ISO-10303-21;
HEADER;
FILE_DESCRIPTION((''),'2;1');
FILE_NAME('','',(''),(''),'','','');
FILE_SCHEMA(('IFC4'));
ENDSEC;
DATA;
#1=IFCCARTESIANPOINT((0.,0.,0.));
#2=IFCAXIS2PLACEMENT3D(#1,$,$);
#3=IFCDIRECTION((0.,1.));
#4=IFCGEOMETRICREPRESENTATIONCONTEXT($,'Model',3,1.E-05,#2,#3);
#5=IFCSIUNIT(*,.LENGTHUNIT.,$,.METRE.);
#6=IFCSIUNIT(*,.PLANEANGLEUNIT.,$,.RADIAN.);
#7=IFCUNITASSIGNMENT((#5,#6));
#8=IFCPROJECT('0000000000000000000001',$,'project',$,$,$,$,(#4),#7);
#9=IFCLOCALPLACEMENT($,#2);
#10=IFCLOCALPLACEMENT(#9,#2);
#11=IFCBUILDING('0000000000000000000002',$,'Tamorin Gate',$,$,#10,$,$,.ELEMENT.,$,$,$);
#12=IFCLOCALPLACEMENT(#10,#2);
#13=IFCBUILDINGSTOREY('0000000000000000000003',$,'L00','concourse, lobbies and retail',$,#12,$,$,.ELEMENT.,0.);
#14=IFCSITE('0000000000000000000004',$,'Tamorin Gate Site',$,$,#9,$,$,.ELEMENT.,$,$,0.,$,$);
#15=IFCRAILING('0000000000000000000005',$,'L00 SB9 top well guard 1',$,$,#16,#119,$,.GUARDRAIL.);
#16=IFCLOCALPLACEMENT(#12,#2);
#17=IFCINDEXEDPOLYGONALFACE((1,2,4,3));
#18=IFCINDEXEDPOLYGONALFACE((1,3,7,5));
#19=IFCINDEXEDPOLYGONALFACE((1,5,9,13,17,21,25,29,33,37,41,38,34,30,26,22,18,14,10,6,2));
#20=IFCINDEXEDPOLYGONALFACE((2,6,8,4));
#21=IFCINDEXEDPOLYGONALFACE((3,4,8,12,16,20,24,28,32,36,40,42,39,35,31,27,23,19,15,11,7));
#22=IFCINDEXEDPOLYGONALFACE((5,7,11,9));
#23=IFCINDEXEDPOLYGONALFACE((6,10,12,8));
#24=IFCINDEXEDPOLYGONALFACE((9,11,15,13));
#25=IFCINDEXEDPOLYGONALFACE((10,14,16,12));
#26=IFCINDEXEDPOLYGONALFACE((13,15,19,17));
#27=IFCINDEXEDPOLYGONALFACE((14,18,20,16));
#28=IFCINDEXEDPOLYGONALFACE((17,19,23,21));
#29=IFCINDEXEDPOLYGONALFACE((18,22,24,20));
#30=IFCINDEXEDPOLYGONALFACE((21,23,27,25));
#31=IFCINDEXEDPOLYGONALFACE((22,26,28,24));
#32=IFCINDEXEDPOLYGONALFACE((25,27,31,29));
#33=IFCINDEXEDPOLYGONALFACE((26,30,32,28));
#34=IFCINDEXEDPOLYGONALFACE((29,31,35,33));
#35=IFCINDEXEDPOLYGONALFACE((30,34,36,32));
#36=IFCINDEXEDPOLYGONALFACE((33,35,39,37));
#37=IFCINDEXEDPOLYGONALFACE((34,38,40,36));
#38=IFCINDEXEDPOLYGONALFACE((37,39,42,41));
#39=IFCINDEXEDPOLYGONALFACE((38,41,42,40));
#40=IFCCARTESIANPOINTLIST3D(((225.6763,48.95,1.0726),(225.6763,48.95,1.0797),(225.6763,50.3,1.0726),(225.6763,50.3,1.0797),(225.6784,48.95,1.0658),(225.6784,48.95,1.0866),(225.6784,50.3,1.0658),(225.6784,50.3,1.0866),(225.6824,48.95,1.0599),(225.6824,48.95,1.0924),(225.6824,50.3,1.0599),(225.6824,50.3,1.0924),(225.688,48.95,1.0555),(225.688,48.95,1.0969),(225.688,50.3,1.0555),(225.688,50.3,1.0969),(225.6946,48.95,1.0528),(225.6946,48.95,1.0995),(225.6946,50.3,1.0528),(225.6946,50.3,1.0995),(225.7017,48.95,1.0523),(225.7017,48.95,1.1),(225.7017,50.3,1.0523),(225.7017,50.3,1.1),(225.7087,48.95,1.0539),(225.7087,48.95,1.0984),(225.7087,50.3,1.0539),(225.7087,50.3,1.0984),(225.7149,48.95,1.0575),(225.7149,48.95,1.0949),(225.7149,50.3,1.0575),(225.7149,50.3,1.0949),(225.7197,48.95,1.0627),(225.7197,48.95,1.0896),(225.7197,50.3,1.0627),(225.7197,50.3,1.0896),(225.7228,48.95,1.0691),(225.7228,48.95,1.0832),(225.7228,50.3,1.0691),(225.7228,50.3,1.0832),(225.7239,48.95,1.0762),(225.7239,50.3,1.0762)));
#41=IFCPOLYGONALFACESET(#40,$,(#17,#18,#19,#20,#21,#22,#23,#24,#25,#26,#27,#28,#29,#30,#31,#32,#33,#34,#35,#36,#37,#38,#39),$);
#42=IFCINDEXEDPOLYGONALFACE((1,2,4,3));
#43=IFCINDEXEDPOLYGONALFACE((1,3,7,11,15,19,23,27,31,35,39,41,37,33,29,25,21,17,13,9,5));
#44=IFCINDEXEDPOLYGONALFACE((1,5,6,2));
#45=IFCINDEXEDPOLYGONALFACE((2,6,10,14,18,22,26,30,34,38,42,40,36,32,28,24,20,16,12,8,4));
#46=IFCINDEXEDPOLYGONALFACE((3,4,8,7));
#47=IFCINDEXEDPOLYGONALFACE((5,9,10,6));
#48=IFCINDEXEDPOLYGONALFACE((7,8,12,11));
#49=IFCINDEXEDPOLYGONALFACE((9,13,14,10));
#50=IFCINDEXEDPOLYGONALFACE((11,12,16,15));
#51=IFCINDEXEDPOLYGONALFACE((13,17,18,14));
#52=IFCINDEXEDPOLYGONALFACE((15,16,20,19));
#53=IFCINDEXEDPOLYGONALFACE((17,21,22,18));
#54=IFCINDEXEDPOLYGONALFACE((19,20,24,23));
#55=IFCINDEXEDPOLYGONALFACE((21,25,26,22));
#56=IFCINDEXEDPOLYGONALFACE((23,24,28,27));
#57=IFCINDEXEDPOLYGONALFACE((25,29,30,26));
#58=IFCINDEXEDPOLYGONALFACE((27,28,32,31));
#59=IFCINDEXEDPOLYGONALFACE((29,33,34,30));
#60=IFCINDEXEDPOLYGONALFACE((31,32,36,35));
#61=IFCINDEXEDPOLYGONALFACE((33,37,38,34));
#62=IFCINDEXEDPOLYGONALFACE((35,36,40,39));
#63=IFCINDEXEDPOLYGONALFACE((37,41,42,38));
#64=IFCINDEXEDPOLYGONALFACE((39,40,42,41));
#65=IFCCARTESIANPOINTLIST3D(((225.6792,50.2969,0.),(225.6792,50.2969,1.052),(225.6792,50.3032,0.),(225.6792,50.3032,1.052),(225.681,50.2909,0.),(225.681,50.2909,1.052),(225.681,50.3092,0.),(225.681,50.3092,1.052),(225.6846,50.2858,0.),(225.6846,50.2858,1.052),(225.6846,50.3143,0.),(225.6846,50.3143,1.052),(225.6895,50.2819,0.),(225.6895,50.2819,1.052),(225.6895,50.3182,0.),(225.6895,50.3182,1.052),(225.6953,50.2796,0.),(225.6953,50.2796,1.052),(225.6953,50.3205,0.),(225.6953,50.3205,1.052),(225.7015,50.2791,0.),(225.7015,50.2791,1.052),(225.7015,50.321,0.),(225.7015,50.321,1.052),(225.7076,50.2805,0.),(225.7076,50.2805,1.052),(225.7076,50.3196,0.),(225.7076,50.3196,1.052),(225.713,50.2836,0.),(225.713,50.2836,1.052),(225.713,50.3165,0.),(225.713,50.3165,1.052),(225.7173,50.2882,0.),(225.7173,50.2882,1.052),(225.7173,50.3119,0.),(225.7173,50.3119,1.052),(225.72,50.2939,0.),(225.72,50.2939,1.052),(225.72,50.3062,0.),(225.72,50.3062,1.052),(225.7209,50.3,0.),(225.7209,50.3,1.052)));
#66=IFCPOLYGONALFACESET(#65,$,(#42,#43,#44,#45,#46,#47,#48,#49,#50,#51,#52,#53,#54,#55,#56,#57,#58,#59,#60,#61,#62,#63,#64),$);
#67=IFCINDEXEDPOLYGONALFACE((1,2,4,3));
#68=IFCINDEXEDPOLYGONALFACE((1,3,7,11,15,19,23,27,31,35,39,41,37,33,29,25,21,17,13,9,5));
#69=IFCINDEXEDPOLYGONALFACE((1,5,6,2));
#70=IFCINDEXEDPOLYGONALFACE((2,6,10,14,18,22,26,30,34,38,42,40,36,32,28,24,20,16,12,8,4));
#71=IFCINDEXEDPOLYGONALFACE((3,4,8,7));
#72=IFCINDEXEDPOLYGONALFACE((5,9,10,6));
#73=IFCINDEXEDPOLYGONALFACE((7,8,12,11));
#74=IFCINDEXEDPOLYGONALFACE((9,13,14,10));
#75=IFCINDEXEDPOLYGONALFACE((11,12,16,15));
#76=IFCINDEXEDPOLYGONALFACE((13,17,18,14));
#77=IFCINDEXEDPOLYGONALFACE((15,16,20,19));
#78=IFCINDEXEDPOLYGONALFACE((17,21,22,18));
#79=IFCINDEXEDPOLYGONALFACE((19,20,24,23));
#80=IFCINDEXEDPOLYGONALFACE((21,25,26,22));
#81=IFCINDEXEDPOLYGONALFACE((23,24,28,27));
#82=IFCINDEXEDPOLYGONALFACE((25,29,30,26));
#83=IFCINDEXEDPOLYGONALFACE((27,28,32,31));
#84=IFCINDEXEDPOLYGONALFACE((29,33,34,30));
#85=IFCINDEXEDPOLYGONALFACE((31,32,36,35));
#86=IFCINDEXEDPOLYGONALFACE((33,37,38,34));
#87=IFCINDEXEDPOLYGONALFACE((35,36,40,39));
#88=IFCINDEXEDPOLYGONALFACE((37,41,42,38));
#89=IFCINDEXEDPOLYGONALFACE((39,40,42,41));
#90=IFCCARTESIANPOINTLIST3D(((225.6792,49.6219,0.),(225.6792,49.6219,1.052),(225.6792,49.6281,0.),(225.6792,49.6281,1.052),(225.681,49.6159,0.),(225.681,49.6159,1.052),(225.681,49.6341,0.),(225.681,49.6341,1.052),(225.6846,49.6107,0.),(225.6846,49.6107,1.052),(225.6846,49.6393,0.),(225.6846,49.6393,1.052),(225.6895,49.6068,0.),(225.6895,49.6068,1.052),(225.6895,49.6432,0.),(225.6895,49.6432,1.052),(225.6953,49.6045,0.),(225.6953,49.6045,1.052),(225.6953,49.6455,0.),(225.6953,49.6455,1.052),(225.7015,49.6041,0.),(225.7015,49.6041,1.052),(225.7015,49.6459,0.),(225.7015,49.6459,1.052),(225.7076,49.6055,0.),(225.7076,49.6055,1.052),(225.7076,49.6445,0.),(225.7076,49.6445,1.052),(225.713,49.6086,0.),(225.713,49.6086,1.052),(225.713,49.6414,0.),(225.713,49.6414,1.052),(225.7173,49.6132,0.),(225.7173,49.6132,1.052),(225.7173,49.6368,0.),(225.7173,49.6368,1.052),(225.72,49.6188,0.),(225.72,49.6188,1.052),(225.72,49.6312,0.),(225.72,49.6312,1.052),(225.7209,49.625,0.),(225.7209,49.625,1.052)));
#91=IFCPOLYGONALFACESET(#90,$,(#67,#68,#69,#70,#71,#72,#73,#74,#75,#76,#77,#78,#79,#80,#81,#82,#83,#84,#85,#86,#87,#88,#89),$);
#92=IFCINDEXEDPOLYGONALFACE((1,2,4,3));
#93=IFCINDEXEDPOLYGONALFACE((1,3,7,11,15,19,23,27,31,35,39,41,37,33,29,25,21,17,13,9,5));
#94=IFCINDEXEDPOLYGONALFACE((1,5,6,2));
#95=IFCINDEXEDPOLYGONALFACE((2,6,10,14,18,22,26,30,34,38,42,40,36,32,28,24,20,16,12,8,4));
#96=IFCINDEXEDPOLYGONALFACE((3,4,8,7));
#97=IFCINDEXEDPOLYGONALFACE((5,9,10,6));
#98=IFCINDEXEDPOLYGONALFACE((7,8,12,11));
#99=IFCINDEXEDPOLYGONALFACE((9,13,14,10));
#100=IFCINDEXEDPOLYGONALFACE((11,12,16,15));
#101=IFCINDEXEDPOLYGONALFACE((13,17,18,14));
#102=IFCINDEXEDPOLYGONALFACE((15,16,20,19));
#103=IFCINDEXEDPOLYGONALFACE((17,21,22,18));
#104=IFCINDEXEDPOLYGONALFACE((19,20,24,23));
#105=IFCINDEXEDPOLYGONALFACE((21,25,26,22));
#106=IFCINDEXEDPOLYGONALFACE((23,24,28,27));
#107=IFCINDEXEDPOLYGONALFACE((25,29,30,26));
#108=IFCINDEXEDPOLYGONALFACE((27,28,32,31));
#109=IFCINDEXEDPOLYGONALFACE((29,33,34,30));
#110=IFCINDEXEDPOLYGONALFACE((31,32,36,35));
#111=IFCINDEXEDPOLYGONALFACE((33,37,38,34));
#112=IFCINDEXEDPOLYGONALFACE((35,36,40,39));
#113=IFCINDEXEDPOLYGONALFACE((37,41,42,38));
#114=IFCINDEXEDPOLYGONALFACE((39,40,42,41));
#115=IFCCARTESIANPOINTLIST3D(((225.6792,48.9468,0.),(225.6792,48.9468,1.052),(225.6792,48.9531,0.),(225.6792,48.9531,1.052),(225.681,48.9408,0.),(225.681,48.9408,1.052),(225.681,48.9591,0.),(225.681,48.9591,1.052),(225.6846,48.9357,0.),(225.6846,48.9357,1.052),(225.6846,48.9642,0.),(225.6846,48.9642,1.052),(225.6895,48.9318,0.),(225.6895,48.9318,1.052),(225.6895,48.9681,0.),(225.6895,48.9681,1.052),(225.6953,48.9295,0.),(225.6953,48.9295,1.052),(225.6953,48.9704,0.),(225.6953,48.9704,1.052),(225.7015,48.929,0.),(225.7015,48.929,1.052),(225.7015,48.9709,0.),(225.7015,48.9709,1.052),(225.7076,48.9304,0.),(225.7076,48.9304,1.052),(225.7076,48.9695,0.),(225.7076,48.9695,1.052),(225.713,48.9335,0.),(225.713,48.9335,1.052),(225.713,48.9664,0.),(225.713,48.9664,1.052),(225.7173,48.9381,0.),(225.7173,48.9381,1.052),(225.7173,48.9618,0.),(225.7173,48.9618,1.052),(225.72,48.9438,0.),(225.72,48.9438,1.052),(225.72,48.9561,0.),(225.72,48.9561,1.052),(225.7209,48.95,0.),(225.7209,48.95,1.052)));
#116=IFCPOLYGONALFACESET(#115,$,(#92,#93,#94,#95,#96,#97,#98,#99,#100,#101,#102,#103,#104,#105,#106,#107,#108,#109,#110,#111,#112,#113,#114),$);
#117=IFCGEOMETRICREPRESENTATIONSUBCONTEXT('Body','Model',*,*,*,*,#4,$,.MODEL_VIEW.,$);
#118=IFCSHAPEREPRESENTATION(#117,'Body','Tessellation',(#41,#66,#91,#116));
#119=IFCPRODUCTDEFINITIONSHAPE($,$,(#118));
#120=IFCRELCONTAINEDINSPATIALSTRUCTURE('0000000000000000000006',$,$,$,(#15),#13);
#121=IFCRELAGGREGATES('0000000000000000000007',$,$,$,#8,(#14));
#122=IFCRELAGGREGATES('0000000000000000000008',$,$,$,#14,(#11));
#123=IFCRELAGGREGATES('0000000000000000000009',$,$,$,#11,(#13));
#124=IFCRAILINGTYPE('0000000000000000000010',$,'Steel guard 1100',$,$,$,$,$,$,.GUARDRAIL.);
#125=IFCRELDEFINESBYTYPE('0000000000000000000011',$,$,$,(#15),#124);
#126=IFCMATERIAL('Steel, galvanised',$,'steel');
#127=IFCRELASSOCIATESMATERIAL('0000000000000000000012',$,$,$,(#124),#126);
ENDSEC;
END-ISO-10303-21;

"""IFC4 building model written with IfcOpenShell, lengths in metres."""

from ifc_helpers import new_model, si_unit, direction, frame, origin, origin_2d, place, context, subcontext, project, spatial, circle, extrude, material, type_object, element, save


model = new_model("IFC4")

# Units and contexts
model_context = context("Model", 3, precision=1e-05, world=origin(), true_north=direction((0.0, 1.0)))
body_context = subcontext(model_context, "Body", "Model", "MODEL_VIEW")
ifc_project = project(units=[si_unit("LENGTHUNIT", "METRE"), si_unit("PLANEANGLEUNIT", "RADIAN")], contexts=[model_context])

# Site, building, storey
site_placement = place(None, origin())
site = spatial("IfcSite", under=ifc_project, at=site_placement, Name="Tamorin Gate Site", CompositionType="ELEMENT", RefElevation=0.0)
building_placement = place(site_placement, origin())
building = spatial("IfcBuilding", under=site, at=building_placement, Name="Tamorin Gate", CompositionType="ELEMENT")
storey_placement = place(building_placement, origin())
storey = spatial("IfcBuildingStorey", under=building, at=storey_placement, Name="L00", Description="concourse, lobbies and retail", CompositionType="ELEMENT", Elevation=0.0)

# Railing
ifc_material_1 = material(Name="Steel, galvanised", Category="steel")
railing_type = type_object("IfcRailingType", Name="Steel guard 1100", PredefinedType="GUARDRAIL", material=ifc_material_1)
for number, where, name in (
    (1, (225.7, 50.3, 0.0), "L00 SB9 top well guard 1"),
):
    element("IfcRailing", number, at=place(storey_placement, frame(where)), inside=storey, type_object=railing_type, Name=name, PredefinedType="GUARDRAIL", context=body_context, shape_type="SweptSolid", body=[
        extrude(circle(Radius=0.0239, at=origin_2d()), frame((0.0, 0.0, 1.0762), z_axis=(0.0, -1.0, 0.0), x_axis=(1.0, 0.0, 0.0)), (0.0, 0.0, 1.0), 1.3501),
        extrude(circle(Radius=0.021, at=origin_2d()), origin(), (0.0, 0.0, 1.0), 1.052),
        extrude(circle(Radius=0.021, at=origin_2d()), frame((0.0, -0.675, 0.0)), (0.0, 0.0, 1.0), 1.052),
        extrude(circle(Radius=0.021, at=origin_2d()), frame((0.0, -1.3501, 0.0)), (0.0, 0.0, 1.0), 1.052),
    ])

save(model, "model.ifc")
